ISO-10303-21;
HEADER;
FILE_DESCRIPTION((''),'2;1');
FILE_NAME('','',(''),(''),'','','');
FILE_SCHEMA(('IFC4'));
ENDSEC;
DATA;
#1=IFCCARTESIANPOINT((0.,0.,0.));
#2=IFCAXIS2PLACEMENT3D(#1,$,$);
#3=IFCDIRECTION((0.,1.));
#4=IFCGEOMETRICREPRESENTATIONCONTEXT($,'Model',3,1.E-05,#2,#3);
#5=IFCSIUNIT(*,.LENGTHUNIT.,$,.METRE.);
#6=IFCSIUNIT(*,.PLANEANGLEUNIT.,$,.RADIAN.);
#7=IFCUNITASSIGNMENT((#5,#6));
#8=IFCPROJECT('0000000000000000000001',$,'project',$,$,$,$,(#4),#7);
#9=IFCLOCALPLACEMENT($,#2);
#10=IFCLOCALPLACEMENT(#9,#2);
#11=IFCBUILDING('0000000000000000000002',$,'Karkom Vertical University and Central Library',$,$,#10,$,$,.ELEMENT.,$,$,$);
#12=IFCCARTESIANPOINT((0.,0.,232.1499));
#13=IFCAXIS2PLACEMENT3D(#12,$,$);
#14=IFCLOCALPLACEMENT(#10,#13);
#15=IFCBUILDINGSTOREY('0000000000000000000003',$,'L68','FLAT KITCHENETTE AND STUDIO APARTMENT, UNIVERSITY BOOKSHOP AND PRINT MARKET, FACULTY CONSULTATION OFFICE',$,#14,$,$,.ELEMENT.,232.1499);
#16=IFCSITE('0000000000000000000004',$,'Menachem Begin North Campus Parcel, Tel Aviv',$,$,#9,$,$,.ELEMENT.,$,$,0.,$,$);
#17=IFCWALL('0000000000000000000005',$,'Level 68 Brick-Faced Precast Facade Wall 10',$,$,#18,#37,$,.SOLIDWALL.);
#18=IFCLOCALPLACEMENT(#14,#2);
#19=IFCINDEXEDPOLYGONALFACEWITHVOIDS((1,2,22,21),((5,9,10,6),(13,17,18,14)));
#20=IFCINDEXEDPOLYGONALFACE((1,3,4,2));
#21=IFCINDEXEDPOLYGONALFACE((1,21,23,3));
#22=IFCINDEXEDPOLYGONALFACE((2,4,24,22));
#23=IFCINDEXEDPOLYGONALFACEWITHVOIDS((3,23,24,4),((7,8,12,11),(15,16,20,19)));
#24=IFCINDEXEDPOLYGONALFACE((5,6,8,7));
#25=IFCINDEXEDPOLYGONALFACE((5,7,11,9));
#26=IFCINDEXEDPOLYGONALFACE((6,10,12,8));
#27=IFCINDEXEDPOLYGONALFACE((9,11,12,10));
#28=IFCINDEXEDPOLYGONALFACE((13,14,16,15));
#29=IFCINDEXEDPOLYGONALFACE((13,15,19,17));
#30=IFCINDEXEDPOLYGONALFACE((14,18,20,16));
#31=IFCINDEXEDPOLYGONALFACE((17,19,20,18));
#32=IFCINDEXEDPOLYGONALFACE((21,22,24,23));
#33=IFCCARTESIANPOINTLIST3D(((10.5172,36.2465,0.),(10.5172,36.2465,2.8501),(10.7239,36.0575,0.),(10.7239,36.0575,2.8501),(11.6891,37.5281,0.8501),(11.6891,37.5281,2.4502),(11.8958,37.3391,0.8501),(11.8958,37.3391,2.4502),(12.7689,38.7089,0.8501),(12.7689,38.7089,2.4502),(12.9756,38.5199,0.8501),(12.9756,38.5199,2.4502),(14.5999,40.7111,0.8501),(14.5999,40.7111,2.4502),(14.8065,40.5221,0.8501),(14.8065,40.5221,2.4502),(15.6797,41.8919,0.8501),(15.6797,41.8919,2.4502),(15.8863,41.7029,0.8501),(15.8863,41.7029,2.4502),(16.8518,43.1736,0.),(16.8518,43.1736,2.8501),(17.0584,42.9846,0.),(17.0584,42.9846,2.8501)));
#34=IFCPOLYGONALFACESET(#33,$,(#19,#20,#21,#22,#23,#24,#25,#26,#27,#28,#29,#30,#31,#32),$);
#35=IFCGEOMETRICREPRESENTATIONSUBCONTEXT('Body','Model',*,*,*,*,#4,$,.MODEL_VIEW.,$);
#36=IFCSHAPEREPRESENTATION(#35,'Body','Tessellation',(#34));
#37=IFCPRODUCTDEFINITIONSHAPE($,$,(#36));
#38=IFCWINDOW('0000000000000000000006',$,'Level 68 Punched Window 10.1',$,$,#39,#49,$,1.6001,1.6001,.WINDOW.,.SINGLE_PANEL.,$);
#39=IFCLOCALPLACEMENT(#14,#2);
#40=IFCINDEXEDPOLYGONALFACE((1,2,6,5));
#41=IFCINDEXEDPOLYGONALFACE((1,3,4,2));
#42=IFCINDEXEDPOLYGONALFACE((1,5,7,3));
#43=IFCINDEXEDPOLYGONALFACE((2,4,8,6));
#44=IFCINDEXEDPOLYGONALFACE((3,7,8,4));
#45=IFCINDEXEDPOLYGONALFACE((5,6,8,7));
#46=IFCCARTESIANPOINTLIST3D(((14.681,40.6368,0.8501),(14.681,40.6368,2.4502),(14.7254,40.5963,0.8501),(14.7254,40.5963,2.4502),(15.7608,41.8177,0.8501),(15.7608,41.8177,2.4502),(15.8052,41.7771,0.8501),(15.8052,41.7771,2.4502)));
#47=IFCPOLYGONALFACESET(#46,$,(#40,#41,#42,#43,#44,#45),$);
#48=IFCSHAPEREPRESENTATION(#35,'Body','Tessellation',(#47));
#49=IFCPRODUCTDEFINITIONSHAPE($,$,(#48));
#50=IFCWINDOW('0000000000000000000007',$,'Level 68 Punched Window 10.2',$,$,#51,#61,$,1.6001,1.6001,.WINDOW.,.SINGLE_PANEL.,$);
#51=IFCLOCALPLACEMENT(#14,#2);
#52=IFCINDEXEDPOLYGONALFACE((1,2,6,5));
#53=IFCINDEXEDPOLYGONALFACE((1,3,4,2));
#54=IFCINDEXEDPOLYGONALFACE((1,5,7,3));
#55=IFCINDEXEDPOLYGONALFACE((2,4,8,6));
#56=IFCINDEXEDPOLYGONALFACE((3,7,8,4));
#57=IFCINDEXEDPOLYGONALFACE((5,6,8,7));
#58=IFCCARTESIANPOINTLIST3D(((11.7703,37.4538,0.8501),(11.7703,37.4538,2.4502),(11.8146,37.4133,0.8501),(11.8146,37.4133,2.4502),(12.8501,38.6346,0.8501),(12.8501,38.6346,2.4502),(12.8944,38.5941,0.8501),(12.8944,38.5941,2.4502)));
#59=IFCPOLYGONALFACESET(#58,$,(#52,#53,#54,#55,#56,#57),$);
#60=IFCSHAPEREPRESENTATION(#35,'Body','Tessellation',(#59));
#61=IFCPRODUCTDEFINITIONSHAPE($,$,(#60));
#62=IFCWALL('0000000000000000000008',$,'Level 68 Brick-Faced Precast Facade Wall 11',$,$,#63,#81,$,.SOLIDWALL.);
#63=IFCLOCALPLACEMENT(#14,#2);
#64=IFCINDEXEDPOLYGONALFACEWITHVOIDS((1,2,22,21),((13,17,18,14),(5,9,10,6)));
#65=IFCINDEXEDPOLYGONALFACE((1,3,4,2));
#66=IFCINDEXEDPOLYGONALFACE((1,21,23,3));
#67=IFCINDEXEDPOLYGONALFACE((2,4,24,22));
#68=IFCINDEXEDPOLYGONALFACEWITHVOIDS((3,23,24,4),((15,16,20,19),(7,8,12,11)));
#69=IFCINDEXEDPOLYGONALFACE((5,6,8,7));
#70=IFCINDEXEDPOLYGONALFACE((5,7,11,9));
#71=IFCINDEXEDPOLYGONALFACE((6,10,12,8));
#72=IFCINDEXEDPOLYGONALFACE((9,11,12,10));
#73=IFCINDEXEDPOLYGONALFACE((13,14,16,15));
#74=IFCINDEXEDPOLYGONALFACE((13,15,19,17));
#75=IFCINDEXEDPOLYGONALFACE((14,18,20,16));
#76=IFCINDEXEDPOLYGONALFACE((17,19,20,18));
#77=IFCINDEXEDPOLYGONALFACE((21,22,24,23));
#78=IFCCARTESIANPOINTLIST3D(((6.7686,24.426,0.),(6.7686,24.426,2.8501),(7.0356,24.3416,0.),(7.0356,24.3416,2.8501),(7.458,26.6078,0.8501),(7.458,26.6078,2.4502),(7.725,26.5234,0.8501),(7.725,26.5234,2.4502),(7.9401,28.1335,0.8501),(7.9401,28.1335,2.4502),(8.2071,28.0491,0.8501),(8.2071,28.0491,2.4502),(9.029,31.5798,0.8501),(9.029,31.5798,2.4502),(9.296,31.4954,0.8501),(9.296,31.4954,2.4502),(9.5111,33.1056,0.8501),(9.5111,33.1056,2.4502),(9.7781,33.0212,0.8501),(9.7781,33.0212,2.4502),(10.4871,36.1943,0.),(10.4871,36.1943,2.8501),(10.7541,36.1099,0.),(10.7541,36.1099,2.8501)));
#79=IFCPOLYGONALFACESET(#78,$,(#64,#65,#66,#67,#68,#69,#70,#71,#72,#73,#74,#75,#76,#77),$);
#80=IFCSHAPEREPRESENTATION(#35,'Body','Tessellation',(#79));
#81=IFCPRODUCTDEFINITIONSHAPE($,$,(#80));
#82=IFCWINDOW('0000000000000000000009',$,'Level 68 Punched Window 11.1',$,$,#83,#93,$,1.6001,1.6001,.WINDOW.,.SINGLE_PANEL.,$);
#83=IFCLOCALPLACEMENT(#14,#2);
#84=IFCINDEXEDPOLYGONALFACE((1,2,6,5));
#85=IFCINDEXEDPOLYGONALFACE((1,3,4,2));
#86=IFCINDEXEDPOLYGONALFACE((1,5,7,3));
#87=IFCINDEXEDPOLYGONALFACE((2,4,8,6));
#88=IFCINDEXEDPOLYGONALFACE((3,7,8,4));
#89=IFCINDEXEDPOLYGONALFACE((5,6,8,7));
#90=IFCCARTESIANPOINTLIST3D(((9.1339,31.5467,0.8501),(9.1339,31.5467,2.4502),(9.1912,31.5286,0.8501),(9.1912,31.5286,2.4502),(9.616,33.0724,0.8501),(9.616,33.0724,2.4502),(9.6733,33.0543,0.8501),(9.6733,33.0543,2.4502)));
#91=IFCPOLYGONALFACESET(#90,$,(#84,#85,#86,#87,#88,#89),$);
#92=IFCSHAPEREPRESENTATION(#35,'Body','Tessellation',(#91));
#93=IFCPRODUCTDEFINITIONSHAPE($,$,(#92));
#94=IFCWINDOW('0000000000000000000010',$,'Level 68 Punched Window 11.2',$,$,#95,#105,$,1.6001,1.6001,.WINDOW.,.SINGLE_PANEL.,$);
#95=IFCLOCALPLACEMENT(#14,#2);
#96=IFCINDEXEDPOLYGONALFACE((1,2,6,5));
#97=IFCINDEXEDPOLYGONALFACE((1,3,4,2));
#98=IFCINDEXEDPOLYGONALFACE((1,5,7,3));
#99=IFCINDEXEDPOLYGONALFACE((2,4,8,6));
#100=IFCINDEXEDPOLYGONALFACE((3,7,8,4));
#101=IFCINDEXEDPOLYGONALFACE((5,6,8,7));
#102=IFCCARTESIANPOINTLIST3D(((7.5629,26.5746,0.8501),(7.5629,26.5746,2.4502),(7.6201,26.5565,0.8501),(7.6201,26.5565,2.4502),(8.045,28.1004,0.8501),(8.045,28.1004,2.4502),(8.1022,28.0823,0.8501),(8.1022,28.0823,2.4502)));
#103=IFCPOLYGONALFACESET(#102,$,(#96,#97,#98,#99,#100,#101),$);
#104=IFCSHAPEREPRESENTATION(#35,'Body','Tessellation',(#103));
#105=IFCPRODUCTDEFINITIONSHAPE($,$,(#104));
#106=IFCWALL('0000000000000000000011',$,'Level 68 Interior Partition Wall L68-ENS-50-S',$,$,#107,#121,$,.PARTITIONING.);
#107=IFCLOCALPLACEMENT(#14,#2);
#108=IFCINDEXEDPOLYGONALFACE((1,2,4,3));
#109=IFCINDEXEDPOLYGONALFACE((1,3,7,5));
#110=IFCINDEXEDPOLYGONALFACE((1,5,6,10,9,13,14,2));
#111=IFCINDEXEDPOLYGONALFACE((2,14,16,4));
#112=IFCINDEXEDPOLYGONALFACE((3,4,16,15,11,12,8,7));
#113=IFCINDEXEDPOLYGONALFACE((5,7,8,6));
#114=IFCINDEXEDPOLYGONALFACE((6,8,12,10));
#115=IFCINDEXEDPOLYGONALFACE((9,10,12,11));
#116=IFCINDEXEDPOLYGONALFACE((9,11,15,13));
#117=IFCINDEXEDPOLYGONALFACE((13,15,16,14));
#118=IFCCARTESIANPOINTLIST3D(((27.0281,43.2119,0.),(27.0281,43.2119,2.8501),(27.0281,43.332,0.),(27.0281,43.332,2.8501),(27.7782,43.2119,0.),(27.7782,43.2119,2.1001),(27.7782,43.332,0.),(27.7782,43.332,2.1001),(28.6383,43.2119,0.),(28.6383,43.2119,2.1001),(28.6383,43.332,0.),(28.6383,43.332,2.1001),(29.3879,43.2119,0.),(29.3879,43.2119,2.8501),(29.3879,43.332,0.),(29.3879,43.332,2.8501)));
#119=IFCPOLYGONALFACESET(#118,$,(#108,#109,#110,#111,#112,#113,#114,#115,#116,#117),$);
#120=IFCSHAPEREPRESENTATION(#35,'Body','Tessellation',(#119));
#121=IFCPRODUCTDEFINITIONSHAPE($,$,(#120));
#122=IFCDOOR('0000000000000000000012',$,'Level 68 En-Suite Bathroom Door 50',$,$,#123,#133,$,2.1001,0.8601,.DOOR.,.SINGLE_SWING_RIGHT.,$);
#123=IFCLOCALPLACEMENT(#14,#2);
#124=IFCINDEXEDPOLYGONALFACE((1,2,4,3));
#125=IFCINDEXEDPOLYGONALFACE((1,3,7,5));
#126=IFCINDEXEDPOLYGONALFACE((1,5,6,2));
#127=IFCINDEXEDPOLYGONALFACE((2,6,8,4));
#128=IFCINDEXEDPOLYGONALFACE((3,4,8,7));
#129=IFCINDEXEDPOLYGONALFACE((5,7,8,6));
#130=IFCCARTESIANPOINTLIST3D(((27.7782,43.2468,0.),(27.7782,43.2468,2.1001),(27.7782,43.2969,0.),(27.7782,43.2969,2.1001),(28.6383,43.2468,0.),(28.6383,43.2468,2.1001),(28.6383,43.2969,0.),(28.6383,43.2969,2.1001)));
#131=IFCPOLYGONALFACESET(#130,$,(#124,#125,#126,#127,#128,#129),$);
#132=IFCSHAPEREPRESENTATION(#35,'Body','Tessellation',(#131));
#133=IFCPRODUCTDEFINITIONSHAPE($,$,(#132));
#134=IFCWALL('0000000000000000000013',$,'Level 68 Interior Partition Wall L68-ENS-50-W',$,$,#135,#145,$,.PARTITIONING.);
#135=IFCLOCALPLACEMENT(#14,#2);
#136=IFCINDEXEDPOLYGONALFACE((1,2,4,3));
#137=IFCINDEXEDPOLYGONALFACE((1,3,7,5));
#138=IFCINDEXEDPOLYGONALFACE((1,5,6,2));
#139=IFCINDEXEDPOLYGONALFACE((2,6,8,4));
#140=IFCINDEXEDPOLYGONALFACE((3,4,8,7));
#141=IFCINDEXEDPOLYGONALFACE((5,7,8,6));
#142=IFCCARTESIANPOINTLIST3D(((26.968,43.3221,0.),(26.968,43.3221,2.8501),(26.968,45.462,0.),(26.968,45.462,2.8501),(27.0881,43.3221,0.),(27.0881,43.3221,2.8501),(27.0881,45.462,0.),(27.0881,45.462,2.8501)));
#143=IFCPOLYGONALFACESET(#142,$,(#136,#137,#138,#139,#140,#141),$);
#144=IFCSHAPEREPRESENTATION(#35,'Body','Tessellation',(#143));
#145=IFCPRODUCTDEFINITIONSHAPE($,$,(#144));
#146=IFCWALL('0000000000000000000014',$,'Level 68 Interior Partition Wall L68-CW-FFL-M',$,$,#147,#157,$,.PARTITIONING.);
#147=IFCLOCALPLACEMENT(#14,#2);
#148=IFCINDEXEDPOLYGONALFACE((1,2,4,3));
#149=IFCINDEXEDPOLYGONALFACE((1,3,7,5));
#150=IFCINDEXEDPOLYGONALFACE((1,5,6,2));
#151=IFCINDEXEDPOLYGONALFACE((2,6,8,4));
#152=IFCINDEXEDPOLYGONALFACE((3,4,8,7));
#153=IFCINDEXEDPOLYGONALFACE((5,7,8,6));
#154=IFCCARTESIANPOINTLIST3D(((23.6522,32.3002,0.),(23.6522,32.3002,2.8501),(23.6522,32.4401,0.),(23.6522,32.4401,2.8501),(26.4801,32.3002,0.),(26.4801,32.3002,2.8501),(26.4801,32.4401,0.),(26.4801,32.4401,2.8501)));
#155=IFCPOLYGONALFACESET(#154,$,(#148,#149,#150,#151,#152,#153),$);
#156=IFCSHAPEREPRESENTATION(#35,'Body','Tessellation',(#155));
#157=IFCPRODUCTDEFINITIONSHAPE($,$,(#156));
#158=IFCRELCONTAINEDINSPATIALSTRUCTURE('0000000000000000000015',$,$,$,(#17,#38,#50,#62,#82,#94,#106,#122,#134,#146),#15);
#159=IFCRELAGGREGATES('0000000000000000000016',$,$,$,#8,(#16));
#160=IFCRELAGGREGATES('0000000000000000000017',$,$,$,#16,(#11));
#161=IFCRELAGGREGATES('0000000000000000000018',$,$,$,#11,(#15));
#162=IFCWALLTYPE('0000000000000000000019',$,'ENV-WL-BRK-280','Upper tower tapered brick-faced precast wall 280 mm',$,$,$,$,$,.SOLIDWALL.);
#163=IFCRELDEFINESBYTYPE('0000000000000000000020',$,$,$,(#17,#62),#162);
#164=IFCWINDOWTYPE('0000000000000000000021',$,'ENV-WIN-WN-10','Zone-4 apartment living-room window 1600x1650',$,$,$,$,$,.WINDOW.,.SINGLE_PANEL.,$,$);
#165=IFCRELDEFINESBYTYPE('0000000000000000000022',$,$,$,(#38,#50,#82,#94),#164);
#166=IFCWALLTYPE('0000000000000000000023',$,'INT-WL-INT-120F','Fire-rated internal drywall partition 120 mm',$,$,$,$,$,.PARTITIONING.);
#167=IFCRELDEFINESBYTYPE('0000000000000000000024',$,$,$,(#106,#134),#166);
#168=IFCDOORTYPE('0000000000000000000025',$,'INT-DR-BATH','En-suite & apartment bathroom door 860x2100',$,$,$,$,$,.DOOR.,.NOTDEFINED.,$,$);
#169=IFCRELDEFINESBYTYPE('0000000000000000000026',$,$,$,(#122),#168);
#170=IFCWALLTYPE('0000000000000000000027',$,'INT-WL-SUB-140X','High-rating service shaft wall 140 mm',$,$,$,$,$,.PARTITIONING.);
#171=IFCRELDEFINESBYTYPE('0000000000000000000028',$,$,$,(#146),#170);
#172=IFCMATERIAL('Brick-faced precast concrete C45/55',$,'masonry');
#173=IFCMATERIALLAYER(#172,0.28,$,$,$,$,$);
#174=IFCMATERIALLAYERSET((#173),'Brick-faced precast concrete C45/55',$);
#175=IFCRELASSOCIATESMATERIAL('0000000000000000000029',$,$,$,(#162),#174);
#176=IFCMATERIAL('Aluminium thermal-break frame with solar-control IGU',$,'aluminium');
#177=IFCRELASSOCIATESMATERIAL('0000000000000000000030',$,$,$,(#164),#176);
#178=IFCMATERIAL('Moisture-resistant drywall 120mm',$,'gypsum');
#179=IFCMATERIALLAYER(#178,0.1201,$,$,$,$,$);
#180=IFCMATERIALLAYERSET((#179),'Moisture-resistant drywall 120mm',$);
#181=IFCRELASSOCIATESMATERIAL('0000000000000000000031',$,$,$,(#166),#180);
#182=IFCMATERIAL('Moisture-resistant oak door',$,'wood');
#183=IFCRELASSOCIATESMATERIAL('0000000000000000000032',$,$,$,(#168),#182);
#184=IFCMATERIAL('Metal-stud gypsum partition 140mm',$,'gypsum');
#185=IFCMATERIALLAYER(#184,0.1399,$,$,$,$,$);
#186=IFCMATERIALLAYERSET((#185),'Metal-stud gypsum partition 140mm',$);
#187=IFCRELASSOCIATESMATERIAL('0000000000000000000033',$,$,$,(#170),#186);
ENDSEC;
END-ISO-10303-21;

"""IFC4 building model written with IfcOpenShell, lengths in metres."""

from ifc_helpers import new_model, si_unit, direction, frame, frame_2d, origin, origin_with_axes, place, context, subcontext, project, spatial, rectangle, extrude, source, transform, mapped, material, layer, layer_set, type_object, element, fill, save


model = new_model("IFC4")

# Units and contexts
model_context = context("Model", 3, precision=1e-05, world=origin(), true_north=direction((0.0, 1.0)))
body_context = subcontext(model_context, "Body", "Model", "MODEL_VIEW")
ifc_project = project(units=[si_unit("LENGTHUNIT", "METRE"), si_unit("PLANEANGLEUNIT", "RADIAN")], contexts=[model_context])

# Site, building, storey
site_placement = place(None, origin())
site = spatial("IfcSite", under=ifc_project, at=site_placement, Name="Menachem Begin North Campus Parcel, Tel Aviv", CompositionType="ELEMENT", RefElevation=0.0)
building_placement = place(site_placement, origin())
building = spatial("IfcBuilding", under=site, at=building_placement, Name="Karkom Vertical University and Central Library", CompositionType="ELEMENT")
storey_placement = place(building_placement, frame((0.0, 0.0, 232.1499)))
storey = spatial("IfcBuildingStorey", under=building, at=storey_placement, Name="L68", Description="FLAT KITCHENETTE AND STUDIO APARTMENT, UNIVERSITY BOOKSHOP AND PRINT MARKET, FACULTY CONSULTATION OFFICE", CompositionType="ELEMENT", Elevation=232.1499)

# Walls, openings, windows
ifc_material_1 = material(Name="Brick-faced precast concrete C45/55", Category="masonry")
ifc_layer_1 = layer(ifc_material_1, 0.28)
ifc_layer_set_1 = layer_set([ifc_layer_1], Name="Brick-faced precast concrete C45/55")
wall_type_1 = type_object("IfcWallType", Name="ENV-WL-BRK-280", Description="Upper tower tapered brick-faced precast wall 280 mm", PredefinedType="SOLIDWALL", material=ifc_layer_set_1)
wall_1_placement = place(storey_placement, frame((16.9551, 43.0791, 0.0), z_axis=(0.0, 0.0, 1.0), x_axis=(-0.67484, -0.737964, 0.0)))
wall_1 = element("IfcWall", 1, at=wall_1_placement, inside=storey, type_object=wall_type_1, Name="Level 68 Brick-Faced Precast Facade Wall 10", PredefinedType="SOLIDWALL", context=body_context, shape_type="SweptSolid", body=[
    extrude(rectangle(XDim=9.3867, YDim=0.28, at=frame_2d((4.6934, 0.0))), origin(), (0.0, 0.0, 1.0), 2.8501),
])
opening_1_placement = place(wall_1_placement, frame((1.7368, 0.0, 0.8501)))
opening_1 = element("IfcOpeningElement", 2, at=opening_1_placement, cuts=wall_1, PredefinedType="OPENING", context=body_context, shape_type="SweptSolid", body=[
    extrude(rectangle(XDim=1.6001, YDim=1.6001, at=frame_2d((0.8, 0.8))), frame((0.0, 0.1499, 0.0), z_axis=(0.0, -1.0, 0.0), x_axis=(1.0, 0.0, 0.0)), (0.0, 0.0, 1.0), 0.3),
])
opening_2_placement = place(wall_1_placement, frame((6.05, 0.0, 0.8501)))
opening_2 = element("IfcOpeningElement", 3, at=opening_2_placement, cuts=wall_1, PredefinedType="OPENING", context=body_context, shape_type="SweptSolid", body=[
    extrude(rectangle(XDim=1.6001, YDim=1.6001, at=frame_2d((0.8, 0.8))), frame((0.0, 0.1499, 0.0), z_axis=(0.0, -1.0, 0.0), x_axis=(1.0, 0.0, 0.0)), (0.0, 0.0, 1.0), 0.3),
])
ifc_material_2 = material(Name="Aluminium thermal-break frame with solar-control IGU", Category="aluminium")
window_type = type_object("IfcWindowType", Name="ENV-WIN-WN-10", Description="Zone-4 apartment living-room window 1600x1650", PartitioningType="SINGLE_PANEL", PredefinedType="WINDOW", material=ifc_material_2)
shared_shape_1 = source(origin_with_axes(), body_context, "Body", "SweptSolid", [
    extrude(rectangle(XDim=1.6001, YDim=1.6001, at=frame_2d((0.8, 0.8))), frame((0.0, 0.03, 0.0), z_axis=(0.0, -1.0, 0.0), x_axis=(1.0, 0.0, 0.0)), (0.0, 0.0, 1.0), 0.0601),
])
window_1_placement = place(opening_1_placement, origin())
window_1 = element("IfcWindow", 4, at=window_1_placement, inside=storey, type_object=window_type, Name="Level 68 Punched Window 10.1", OverallHeight=1.6001, OverallWidth=1.6001, PartitioningType="SINGLE_PANEL", PredefinedType="WINDOW", context=body_context, shape_type="MappedRepresentation", body=[
    mapped(shared_shape_1, transform((0.0, 0.0, 0.0), scale=1.0)),
])
fill(opening_1, window_1)
window_2_placement = place(opening_2_placement, origin())
window_2 = element("IfcWindow", 5, at=window_2_placement, inside=storey, type_object=window_type, Name="Level 68 Punched Window 10.2", OverallHeight=1.6001, OverallWidth=1.6001, PartitioningType="SINGLE_PANEL", PredefinedType="WINDOW", context=body_context, shape_type="MappedRepresentation", body=[
    mapped(shared_shape_1, transform((0.0, 0.0, 0.0), scale=1.0)),
])
fill(opening_2, window_2)
wall_2_placement = place(storey_placement, frame((10.6206, 36.1521, 0.0), z_axis=(0.0, 0.0, 1.0), x_axis=(-0.301293, -0.953532, 0.0)))
wall_2 = element("IfcWall", 6, at=wall_2_placement, inside=storey, type_object=wall_type_1, Name="Level 68 Brick-Faced Precast Facade Wall 11", PredefinedType="SOLIDWALL", context=body_context, shape_type="SweptSolid", body=[
    extrude(rectangle(XDim=12.3418, YDim=0.28, at=frame_2d((6.1709, 0.0))), origin(), (0.0, 0.0, 1.0), 2.8501),
])
opening_3_placement = place(wall_2_placement, frame((3.2393, 0.0, 0.8501)))
opening_3 = element("IfcOpeningElement", 7, at=opening_3_placement, cuts=wall_2, PredefinedType="OPENING", context=body_context, shape_type="SweptSolid", body=[
    extrude(rectangle(XDim=1.6001, YDim=1.6001, at=frame_2d((0.8, 0.8))), frame((0.0, 0.1499, 0.0), z_axis=(0.0, -1.0, 0.0), x_axis=(1.0, 0.0, 0.0)), (0.0, 0.0, 1.0), 0.3),
])
opening_4_placement = place(wall_2_placement, frame((8.4536, 0.0, 0.8501)))
opening_4 = element("IfcOpeningElement", 8, at=opening_4_placement, cuts=wall_2, PredefinedType="OPENING", context=body_context, shape_type="SweptSolid", body=[
    extrude(rectangle(XDim=1.6001, YDim=1.6001, at=frame_2d((0.8, 0.8))), frame((0.0, 0.1499, 0.0), z_axis=(0.0, -1.0, 0.0), x_axis=(1.0, 0.0, 0.0)), (0.0, 0.0, 1.0), 0.3),
])
window_3_placement = place(opening_3_placement, origin())
window_3 = element("IfcWindow", 9, at=window_3_placement, inside=storey, type_object=window_type, Name="Level 68 Punched Window 11.1", OverallHeight=1.6001, OverallWidth=1.6001, PartitioningType="SINGLE_PANEL", PredefinedType="WINDOW", context=body_context, shape_type="MappedRepresentation", body=[
    mapped(shared_shape_1, transform((0.0, 0.0, 0.0), scale=1.0)),
])
fill(opening_3, window_3)
window_4_placement = place(opening_4_placement, origin())
window_4 = element("IfcWindow", 10, at=window_4_placement, inside=storey, type_object=window_type, Name="Level 68 Punched Window 11.2", OverallHeight=1.6001, OverallWidth=1.6001, PartitioningType="SINGLE_PANEL", PredefinedType="WINDOW", context=body_context, shape_type="MappedRepresentation", body=[
    mapped(shared_shape_1, transform((0.0, 0.0, 0.0), scale=1.0)),
])
fill(opening_4, window_4)

# Wall, opening, door
ifc_material_3 = material(Name="Moisture-resistant drywall 120mm", Category="gypsum")
ifc_layer_2 = layer(ifc_material_3, 0.1201)
ifc_layer_set_2 = layer_set([ifc_layer_2], Name="Moisture-resistant drywall 120mm")
wall_type_2 = type_object("IfcWallType", Name="INT-WL-INT-120F", Description="Fire-rated internal drywall partition 120 mm", PredefinedType="PARTITIONING", material=ifc_layer_set_2)
wall_3_placement = place(storey_placement, frame((27.0281, 43.272, 0.0), z_axis=(0.0, 0.0, 1.0), x_axis=(1.0, 0.0, 0.0)))
wall_3 = element("IfcWall", 11, at=wall_3_placement, inside=storey, type_object=wall_type_2, Name="Level 68 Interior Partition Wall L68-ENS-50-S", PredefinedType="PARTITIONING", context=body_context, shape_type="SweptSolid", body=[
    extrude(rectangle(XDim=2.3599, YDim=0.1201, at=frame_2d((1.1799, 0.0))), origin(), (0.0, 0.0, 1.0), 2.8501),
])
opening_5_placement = place(wall_3_placement, frame((0.75, 0.0, 0.0)))
opening_5 = element("IfcOpeningElement", 12, at=opening_5_placement, cuts=wall_3, PredefinedType="OPENING", context=body_context, shape_type="SweptSolid", body=[
    extrude(rectangle(XDim=0.8601, YDim=2.1001, at=frame_2d((0.4302, 1.05))), frame((0.0, 0.0701, 0.0), z_axis=(0.0, -1.0, 0.0), x_axis=(1.0, 0.0, 0.0)), (0.0, 0.0, 1.0), 0.1401),
])
ifc_material_4 = material(Name="Moisture-resistant oak door", Category="wood")
door_type_1 = type_object("IfcDoorType", Name="INT-DR-BATH", Description="En-suite & apartment bathroom door 860x2100", OperationType="NOTDEFINED", PredefinedType="DOOR", material=ifc_material_4)
shared_shape_2 = source(origin_with_axes(), body_context, "Body", "SweptSolid", [
    extrude(rectangle(XDim=0.8601, YDim=2.1001, at=frame_2d((0.4302, 1.05))), frame((0.0, 0.0249, 0.0), z_axis=(0.0, -1.0, 0.0), x_axis=(1.0, 0.0, 0.0)), (0.0, 0.0, 1.0), 0.05),
])
door_1_placement = place(opening_5_placement, origin())
door_1 = element("IfcDoor", 13, at=door_1_placement, inside=storey, type_object=door_type_1, Name="Level 68 En-Suite Bathroom Door 50", OperationType="SINGLE_SWING_RIGHT", OverallHeight=2.1001, OverallWidth=0.8601, PredefinedType="DOOR", context=body_context, shape_type="MappedRepresentation", body=[
    mapped(shared_shape_2, transform((0.0, 0.0, 0.0), scale=1.0)),
])
fill(opening_5, door_1)

# Walls
wall_4_placement = place(storey_placement, frame((27.0281, 45.4619, 0.0), z_axis=(0.0, 0.0, 1.0), x_axis=(0.0, -1.0, 0.0)))
element("IfcWall", 14, at=wall_4_placement, inside=storey, type_object=wall_type_2, Name="Level 68 Interior Partition Wall L68-ENS-50-W", PredefinedType="PARTITIONING", context=body_context, shape_type="SweptSolid", body=[
    extrude(rectangle(XDim=2.1399, YDim=0.1201, at=frame_2d((1.0698, 0.0))), origin(), (0.0, 0.0, 1.0), 2.8501),
])
ifc_material_5 = material(Name="Metal-stud gypsum partition 140mm", Category="gypsum")
ifc_layer_3 = layer(ifc_material_5, 0.1399)
ifc_layer_set_3 = layer_set([ifc_layer_3], Name="Metal-stud gypsum partition 140mm")
wall_type_3 = type_object("IfcWallType", Name="INT-WL-SUB-140X", Description="High-rating service shaft wall 140 mm", PredefinedType="PARTITIONING", material=ifc_layer_set_3)
wall_5_placement = place(storey_placement, frame((23.6521, 32.3701, 0.0), z_axis=(0.0, 0.0, 1.0), x_axis=(1.0, 0.0, 0.0)))
element("IfcWall", 15, at=wall_5_placement, inside=storey, type_object=wall_type_3, Name="Level 68 Interior Partition Wall L68-CW-FFL-M", PredefinedType="PARTITIONING", context=body_context, shape_type="SweptSolid", body=[
    extrude(rectangle(XDim=2.8279, YDim=0.1399, at=frame_2d((1.4141, 0.0))), origin(), (0.0, 0.0, 1.0), 2.8501),
])

save(model, "model.ifc")
